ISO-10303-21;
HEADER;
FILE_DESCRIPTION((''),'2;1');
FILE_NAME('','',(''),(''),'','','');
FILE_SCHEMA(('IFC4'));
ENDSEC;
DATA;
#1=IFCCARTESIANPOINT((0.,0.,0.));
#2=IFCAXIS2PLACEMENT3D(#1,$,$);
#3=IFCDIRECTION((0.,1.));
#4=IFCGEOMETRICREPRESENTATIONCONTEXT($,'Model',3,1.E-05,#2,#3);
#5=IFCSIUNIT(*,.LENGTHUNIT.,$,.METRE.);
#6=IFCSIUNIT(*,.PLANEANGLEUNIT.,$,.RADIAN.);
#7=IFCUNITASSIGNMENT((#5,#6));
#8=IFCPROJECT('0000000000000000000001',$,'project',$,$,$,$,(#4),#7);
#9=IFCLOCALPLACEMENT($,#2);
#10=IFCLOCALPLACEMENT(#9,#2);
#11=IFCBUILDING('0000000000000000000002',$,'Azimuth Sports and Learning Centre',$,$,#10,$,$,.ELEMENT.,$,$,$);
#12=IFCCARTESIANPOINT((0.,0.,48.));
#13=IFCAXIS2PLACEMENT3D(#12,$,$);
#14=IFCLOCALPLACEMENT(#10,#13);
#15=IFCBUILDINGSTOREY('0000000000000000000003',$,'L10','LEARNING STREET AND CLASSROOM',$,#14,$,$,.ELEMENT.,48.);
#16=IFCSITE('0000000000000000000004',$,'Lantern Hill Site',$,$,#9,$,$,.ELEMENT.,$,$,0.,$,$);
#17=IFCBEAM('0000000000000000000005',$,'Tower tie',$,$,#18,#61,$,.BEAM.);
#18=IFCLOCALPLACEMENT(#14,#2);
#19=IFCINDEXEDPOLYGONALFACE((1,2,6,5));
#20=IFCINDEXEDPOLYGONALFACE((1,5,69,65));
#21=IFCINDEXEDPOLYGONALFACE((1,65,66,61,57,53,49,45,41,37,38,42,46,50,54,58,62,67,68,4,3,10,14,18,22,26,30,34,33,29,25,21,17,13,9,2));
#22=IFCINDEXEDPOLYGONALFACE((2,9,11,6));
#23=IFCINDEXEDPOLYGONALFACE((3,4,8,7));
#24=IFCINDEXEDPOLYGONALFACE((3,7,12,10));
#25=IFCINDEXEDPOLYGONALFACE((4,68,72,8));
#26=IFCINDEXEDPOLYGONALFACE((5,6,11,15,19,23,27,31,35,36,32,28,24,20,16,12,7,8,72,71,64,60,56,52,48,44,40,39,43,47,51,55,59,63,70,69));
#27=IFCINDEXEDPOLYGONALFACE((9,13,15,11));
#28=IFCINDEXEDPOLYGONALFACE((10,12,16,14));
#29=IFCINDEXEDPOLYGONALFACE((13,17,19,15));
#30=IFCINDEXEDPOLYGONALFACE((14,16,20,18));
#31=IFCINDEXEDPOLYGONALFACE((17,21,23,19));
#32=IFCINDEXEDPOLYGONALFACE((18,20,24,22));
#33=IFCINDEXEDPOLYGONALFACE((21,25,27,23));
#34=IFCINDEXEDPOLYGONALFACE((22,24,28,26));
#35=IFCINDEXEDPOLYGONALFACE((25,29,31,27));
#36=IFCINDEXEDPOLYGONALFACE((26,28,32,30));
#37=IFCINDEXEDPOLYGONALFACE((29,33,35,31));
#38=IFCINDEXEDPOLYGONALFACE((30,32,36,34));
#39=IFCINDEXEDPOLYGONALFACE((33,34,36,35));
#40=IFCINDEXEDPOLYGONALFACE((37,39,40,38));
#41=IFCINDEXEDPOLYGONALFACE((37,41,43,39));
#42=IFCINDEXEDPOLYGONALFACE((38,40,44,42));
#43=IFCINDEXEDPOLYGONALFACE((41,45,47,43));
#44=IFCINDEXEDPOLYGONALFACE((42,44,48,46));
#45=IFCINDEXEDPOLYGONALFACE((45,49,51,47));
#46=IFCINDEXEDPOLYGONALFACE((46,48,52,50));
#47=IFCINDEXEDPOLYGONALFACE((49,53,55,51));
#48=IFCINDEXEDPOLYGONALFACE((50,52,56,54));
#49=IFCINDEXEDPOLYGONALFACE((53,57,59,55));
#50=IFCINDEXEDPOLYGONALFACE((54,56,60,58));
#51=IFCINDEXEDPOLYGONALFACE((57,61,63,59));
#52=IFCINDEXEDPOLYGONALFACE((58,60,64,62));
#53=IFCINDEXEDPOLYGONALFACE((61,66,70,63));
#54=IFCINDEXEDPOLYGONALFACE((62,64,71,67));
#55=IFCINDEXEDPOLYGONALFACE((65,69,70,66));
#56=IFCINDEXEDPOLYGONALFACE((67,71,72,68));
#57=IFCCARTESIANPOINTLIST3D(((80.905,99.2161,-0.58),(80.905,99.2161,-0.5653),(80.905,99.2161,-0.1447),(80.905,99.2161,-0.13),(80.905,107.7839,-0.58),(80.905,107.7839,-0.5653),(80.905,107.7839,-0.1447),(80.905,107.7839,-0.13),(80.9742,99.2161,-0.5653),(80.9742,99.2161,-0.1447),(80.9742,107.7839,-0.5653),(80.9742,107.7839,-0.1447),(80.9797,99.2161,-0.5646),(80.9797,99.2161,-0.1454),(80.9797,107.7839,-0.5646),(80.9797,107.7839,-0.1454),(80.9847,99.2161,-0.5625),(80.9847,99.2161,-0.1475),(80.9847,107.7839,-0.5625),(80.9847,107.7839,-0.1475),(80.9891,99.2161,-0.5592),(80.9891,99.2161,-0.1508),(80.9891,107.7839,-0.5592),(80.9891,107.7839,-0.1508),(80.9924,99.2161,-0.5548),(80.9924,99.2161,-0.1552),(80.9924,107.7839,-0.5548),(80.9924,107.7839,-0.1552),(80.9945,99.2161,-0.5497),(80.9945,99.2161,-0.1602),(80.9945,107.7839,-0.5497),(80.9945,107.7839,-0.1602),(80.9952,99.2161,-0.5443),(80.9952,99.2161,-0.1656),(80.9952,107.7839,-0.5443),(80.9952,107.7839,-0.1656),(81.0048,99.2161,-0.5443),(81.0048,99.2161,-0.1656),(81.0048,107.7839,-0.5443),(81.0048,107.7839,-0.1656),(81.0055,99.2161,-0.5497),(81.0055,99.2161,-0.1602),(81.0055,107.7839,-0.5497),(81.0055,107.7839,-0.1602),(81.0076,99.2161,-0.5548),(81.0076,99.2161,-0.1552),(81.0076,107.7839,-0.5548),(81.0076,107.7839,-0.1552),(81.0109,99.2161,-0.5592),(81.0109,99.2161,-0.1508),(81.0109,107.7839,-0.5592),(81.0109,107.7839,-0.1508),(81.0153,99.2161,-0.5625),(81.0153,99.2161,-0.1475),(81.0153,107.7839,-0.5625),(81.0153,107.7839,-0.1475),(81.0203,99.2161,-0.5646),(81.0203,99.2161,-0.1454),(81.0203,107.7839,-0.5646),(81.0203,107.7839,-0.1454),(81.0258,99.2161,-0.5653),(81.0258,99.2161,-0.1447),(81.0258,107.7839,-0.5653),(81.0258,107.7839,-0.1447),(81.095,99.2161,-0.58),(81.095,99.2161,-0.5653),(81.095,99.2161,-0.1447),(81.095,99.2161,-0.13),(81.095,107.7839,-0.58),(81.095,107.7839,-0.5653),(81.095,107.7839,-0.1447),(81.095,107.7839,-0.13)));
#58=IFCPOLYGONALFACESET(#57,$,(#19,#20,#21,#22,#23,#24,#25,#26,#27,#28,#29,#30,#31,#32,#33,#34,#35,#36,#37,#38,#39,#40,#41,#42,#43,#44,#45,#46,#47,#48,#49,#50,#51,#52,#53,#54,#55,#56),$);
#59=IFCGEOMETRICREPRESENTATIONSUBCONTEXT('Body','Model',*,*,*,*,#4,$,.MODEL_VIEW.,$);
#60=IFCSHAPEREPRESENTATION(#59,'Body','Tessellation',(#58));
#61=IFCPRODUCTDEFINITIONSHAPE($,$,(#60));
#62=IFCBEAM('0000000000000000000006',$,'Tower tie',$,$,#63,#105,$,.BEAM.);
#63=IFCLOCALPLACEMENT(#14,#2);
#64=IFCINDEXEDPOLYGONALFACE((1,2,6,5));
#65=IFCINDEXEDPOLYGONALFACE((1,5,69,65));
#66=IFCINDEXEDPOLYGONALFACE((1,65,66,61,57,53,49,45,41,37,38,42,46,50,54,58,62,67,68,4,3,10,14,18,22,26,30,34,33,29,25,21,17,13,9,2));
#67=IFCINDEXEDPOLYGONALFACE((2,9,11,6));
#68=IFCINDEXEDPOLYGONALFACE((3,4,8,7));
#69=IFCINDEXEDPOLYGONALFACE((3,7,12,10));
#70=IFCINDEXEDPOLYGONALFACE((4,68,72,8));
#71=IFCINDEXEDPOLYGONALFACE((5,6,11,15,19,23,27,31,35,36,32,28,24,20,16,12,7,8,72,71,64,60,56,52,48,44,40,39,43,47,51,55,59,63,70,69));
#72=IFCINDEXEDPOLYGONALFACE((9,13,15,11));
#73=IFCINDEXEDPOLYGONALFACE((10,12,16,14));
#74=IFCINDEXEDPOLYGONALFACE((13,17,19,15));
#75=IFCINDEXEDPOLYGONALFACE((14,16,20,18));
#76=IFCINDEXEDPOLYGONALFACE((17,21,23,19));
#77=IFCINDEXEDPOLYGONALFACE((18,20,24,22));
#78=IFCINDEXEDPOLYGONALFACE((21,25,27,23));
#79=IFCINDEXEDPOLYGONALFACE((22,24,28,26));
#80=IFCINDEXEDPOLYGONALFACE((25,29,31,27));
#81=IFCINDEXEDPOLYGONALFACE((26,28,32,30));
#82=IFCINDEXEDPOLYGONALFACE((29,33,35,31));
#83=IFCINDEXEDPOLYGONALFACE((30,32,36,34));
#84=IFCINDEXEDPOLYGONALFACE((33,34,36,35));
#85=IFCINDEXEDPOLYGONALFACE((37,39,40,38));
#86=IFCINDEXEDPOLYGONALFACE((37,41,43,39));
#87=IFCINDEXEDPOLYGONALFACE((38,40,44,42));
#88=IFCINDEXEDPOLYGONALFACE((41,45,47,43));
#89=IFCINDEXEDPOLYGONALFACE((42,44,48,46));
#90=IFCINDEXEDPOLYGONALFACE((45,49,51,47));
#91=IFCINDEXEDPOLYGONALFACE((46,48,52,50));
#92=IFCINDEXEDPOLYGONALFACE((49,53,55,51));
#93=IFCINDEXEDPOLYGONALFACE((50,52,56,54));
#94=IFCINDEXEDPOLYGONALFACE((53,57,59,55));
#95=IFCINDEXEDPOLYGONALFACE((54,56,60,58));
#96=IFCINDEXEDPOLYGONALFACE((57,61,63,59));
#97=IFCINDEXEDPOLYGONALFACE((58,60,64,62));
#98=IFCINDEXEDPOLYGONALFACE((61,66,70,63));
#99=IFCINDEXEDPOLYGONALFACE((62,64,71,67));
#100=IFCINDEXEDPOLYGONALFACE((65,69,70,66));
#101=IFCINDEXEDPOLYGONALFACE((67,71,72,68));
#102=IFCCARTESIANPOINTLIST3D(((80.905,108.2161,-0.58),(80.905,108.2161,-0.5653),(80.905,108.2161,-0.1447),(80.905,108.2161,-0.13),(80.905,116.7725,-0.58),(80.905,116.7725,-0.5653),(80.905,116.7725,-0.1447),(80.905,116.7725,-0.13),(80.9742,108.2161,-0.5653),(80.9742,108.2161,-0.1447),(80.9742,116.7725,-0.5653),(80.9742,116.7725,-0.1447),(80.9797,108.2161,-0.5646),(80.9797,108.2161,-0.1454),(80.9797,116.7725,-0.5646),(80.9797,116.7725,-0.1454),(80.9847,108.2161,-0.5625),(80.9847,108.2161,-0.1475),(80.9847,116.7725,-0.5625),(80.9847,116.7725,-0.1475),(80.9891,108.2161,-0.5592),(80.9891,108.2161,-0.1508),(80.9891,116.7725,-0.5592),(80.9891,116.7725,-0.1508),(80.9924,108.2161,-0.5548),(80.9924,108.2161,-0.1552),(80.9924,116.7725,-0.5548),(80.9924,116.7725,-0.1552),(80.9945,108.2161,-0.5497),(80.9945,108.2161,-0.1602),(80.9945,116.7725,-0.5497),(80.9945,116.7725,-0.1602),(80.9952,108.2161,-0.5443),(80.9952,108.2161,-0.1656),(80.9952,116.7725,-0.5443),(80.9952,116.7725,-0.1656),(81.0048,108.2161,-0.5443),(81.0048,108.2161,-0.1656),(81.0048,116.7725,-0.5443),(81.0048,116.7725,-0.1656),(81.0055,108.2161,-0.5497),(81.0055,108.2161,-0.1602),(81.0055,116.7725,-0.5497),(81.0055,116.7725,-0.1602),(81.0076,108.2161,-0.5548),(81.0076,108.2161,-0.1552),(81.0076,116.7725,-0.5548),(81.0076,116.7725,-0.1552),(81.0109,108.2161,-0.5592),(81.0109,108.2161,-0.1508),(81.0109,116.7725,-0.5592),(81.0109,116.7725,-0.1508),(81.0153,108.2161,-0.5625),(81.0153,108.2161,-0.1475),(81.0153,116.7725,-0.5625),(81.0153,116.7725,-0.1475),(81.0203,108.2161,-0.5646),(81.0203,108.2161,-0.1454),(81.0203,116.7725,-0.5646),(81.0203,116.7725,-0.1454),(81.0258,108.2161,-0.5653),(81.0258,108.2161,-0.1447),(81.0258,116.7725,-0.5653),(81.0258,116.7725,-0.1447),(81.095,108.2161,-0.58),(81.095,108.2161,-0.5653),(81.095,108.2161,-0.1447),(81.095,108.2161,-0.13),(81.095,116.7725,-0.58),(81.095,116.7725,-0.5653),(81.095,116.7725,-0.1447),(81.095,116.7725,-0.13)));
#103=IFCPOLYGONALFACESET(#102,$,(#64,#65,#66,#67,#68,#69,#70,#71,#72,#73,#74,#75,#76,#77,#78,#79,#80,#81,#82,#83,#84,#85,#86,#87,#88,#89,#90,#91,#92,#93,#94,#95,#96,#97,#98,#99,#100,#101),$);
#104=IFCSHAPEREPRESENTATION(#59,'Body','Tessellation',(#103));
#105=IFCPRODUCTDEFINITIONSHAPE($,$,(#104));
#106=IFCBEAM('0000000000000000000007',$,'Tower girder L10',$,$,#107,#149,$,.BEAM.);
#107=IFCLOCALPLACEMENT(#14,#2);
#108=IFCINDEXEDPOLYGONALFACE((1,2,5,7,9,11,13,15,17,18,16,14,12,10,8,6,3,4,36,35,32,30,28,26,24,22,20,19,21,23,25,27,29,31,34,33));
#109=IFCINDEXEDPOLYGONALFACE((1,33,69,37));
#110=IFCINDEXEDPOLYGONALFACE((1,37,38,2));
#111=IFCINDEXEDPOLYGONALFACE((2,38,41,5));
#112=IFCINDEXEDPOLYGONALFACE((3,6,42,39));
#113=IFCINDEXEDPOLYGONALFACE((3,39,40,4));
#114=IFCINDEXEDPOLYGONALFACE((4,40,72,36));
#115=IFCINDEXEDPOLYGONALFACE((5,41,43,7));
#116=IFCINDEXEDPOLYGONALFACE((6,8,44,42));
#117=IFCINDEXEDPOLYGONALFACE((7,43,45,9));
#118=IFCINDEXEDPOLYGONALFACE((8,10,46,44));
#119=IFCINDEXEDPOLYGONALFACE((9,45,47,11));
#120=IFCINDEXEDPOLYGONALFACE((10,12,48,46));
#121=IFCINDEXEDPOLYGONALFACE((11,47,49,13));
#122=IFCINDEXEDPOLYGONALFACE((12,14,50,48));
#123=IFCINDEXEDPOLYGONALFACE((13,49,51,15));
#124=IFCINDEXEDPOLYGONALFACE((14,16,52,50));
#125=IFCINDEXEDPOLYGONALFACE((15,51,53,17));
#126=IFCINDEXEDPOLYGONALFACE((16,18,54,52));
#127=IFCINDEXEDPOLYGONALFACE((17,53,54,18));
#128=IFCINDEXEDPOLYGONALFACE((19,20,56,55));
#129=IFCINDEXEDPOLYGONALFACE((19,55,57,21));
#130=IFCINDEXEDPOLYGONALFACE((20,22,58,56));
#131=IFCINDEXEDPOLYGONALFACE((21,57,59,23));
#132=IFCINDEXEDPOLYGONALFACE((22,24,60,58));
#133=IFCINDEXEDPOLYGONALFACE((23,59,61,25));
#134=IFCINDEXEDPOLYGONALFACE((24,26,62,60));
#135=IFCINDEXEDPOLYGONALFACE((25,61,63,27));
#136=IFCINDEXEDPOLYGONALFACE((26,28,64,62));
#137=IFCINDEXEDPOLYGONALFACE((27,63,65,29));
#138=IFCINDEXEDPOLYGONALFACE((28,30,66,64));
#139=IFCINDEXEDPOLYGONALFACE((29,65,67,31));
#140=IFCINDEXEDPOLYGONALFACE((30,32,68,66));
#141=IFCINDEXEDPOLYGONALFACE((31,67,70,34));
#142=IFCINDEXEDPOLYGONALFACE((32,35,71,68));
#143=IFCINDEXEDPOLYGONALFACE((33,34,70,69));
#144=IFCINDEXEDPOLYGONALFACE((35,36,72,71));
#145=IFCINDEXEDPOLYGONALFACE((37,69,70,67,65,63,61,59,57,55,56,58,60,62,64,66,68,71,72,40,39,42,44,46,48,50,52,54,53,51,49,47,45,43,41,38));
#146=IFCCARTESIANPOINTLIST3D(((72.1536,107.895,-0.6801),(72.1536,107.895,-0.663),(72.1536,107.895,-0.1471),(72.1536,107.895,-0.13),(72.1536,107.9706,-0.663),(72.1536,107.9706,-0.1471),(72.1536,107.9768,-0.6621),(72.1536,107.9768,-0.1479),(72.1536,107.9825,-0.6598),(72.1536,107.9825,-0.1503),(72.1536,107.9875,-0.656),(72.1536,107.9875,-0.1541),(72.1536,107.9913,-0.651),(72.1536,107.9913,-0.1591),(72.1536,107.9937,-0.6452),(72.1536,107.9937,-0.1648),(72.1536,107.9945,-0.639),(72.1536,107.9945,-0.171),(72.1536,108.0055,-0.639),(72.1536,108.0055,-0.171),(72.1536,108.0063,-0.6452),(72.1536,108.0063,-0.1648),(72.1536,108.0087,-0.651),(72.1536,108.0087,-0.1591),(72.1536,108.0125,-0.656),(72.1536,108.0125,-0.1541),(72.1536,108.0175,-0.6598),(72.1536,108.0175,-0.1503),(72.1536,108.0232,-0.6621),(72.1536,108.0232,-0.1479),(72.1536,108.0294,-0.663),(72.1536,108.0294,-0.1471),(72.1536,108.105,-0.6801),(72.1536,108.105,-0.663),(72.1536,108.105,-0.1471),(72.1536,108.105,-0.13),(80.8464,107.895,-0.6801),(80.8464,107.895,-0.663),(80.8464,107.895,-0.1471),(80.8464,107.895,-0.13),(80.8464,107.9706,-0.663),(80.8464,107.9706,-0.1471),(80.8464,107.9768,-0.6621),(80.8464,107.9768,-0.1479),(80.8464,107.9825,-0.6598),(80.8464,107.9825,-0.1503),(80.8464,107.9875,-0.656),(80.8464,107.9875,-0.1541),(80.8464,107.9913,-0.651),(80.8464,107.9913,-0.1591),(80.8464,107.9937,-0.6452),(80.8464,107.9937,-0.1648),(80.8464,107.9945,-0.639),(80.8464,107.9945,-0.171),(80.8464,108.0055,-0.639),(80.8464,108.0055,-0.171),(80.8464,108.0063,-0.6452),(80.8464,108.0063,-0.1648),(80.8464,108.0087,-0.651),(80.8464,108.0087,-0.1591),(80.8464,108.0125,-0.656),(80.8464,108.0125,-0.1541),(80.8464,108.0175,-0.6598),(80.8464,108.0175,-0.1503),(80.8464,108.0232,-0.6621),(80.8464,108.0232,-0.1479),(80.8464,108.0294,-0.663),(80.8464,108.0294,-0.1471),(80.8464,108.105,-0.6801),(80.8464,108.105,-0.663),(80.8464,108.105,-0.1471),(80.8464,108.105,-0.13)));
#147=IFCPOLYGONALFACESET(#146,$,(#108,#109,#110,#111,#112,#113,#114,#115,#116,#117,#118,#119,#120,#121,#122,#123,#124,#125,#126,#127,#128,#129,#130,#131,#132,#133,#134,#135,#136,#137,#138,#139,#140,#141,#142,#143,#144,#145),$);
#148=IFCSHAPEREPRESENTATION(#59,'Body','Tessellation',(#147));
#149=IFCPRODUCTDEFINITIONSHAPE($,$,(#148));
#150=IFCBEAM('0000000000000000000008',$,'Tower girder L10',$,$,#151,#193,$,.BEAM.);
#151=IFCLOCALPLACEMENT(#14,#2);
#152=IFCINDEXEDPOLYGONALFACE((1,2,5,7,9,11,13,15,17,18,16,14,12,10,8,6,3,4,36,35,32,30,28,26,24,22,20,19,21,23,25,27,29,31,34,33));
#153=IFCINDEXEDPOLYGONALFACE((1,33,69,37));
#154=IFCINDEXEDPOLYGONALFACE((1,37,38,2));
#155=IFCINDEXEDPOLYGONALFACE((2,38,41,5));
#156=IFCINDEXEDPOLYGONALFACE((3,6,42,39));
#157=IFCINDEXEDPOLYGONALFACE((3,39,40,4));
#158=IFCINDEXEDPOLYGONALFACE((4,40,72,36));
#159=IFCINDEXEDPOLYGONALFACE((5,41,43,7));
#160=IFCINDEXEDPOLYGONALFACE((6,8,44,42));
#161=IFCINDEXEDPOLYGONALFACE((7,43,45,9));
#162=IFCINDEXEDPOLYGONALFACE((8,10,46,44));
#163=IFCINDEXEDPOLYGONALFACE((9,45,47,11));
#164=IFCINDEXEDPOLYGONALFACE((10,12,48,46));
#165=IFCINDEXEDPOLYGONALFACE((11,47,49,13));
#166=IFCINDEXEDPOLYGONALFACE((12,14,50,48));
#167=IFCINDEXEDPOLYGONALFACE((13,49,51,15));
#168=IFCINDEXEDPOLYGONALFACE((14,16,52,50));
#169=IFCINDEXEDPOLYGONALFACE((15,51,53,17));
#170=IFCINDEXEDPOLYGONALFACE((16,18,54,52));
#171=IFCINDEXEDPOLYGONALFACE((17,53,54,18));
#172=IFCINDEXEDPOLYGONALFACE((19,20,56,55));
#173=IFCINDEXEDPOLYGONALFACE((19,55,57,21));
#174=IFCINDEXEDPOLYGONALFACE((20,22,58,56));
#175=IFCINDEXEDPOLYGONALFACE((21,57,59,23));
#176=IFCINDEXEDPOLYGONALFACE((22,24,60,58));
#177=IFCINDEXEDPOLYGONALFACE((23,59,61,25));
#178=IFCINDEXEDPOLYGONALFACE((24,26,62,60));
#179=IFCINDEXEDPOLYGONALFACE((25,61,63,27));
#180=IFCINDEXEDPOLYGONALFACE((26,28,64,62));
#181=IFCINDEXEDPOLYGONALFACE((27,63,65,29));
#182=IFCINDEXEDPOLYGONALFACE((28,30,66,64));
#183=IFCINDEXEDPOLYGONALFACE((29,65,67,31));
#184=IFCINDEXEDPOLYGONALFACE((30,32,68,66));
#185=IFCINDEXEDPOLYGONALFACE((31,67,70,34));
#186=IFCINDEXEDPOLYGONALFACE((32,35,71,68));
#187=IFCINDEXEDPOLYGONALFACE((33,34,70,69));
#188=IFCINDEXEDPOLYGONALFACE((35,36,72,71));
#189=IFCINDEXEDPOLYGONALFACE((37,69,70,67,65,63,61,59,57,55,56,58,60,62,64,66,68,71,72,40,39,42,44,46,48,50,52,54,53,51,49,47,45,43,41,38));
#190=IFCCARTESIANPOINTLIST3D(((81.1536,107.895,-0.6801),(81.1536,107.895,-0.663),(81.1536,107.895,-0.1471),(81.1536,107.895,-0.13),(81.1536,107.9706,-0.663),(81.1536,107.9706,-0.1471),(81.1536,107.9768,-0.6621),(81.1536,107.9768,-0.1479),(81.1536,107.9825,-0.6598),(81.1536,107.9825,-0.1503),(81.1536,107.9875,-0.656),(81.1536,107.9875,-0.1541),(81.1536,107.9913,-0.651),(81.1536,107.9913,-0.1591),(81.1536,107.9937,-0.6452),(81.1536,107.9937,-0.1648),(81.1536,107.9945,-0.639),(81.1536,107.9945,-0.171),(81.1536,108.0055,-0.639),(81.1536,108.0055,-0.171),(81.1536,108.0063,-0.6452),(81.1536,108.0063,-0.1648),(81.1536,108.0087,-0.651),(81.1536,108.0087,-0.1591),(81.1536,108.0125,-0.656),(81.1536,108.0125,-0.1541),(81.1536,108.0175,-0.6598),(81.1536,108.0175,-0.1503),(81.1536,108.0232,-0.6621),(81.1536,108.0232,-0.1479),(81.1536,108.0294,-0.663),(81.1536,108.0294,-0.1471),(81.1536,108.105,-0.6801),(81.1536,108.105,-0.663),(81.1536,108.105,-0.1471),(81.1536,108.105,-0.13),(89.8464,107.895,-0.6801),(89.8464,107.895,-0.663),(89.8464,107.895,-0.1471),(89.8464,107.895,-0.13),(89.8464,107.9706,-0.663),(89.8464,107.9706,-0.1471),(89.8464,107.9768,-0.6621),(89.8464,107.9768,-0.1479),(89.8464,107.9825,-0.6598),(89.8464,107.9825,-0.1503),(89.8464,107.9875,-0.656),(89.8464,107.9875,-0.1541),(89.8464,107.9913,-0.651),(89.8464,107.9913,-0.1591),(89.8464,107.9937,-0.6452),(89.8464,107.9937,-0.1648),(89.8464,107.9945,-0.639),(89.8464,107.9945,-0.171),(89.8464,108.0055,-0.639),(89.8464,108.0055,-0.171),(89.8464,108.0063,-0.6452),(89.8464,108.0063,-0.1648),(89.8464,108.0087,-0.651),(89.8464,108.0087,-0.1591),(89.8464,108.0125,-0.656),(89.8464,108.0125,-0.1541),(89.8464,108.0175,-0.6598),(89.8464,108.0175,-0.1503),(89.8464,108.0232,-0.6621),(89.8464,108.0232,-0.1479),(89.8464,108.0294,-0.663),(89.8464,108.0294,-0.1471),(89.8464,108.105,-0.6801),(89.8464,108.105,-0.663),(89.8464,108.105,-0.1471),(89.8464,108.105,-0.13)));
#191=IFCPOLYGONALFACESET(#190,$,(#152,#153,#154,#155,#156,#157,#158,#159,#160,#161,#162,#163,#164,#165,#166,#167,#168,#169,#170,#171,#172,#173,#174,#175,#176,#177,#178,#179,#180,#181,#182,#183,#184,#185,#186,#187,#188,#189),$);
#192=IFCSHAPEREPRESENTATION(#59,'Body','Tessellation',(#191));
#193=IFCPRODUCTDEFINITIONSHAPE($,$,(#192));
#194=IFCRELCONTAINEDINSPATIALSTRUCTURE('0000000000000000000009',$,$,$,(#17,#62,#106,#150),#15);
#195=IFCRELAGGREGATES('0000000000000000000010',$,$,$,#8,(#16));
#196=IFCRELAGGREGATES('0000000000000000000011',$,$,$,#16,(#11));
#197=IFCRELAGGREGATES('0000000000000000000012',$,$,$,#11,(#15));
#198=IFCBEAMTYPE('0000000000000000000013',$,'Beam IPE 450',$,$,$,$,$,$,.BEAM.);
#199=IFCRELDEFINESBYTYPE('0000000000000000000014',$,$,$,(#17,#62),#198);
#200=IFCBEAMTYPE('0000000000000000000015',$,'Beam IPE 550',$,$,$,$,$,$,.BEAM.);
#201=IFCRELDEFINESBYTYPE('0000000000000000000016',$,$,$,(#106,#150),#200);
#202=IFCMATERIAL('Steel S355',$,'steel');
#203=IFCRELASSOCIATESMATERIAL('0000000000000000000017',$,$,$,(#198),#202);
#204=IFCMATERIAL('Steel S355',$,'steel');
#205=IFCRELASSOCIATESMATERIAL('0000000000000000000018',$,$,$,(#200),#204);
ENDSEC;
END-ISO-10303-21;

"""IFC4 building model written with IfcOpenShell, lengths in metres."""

from ifc_helpers import new_model, si_unit, direction, frame, origin, origin_2d, place, context, subcontext, project, spatial, i_section, extrude, material, material_profile, profile_set, type_object, element, save


model = new_model("IFC4")

# Units and contexts
model_context = context("Model", 3, precision=1e-05, world=origin(), true_north=direction((0.0, 1.0)))
body_context = subcontext(model_context, "Body", "Model", "MODEL_VIEW")
ifc_project = project(units=[si_unit("LENGTHUNIT", "METRE"), si_unit("PLANEANGLEUNIT", "RADIAN")], contexts=[model_context])

# Site, building, storey
site_placement = place(None, origin())
site = spatial("IfcSite", under=ifc_project, at=site_placement, Name="Lantern Hill Site", CompositionType="ELEMENT", RefElevation=0.0)
building_placement = place(site_placement, origin())
building = spatial("IfcBuilding", under=site, at=building_placement, Name="Azimuth Sports and Learning Centre", CompositionType="ELEMENT")
storey_placement = place(building_placement, frame((0.0, 0.0, 48.0)))
storey = spatial("IfcBuildingStorey", under=building, at=storey_placement, Name="L10", Description="LEARNING STREET AND CLASSROOM", CompositionType="ELEMENT", Elevation=48.0)

# Beams
ifc_material_1 = material(Name="Steel S355", Category="steel")
ifc_material_profile_1 = material_profile(ifc_material_1, i_section(OverallWidth=0.1899, OverallDepth=0.45, WebThickness=0.0095, FlangeThickness=0.0146, FilletRadius=0.021, at=origin_2d()), Name="IPE 450")
ifc_profile_set_1 = profile_set([ifc_material_profile_1], Name="Steel S355")
beam_type_1 = type_object("IfcBeamType", Name="Beam IPE 450", PredefinedType="BEAM", material=ifc_profile_set_1)
beam_1_placement = place(storey_placement, frame((81.0, 99.2161, -0.355), z_axis=(0.0, 1.0, 0.0), x_axis=(-1.0, 0.0, 0.0)))
element("IfcBeam", 1, at=beam_1_placement, inside=storey, type_object=beam_type_1, Name="Tower tie", PredefinedType="BEAM", context=body_context, shape_type="SweptSolid", body=[
    extrude(i_section(OverallWidth=0.1899, OverallDepth=0.45, WebThickness=0.0095, FlangeThickness=0.0146, FilletRadius=0.021, at=origin_2d()), origin(), (0.0, 0.0, 1.0), 8.5679),
])
beam_2_placement = place(storey_placement, frame((81.0, 108.2161, -0.355), z_axis=(0.0, 1.0, 0.0), x_axis=(-1.0, 0.0, 0.0)))
element("IfcBeam", 2, at=beam_2_placement, inside=storey, type_object=beam_type_1, Name="Tower tie", PredefinedType="BEAM", context=body_context, shape_type="SweptSolid", body=[
    extrude(i_section(OverallWidth=0.1899, OverallDepth=0.45, WebThickness=0.0095, FlangeThickness=0.0146, FilletRadius=0.021, at=origin_2d()), origin(), (0.0, 0.0, 1.0), 8.5564),
])
ifc_material_2 = material(Name="Steel S355", Category="steel")
ifc_material_profile_2 = material_profile(ifc_material_2, i_section(OverallWidth=0.21, OverallDepth=0.55, WebThickness=0.011, FlangeThickness=0.0171, FilletRadius=0.0239, at=origin_2d()), Name="IPE 550")
ifc_profile_set_2 = profile_set([ifc_material_profile_2], Name="Steel S355")
beam_type_2 = type_object("IfcBeamType", Name="Beam IPE 550", PredefinedType="BEAM", material=ifc_profile_set_2)
for number, where, z_axis, x_axis, name in (
    (3, (72.1536, 108.0, -0.405), (1.0, 0.0, 0.0), (0.0, 1.0, 0.0), "Tower girder L10"),
    (4, (81.1536, 108.0, -0.405), (1.0, 0.0, 0.0), (0.0, 1.0, 0.0), "Tower girder L10"),
):
    element("IfcBeam", number, at=place(storey_placement, frame(where, z_axis=z_axis, x_axis=x_axis)), inside=storey, type_object=beam_type_2, Name=name, PredefinedType="BEAM", context=body_context, shape_type="SweptSolid", body=[
        extrude(i_section(OverallWidth=0.21, OverallDepth=0.55, WebThickness=0.011, FlangeThickness=0.0171, FilletRadius=0.0239, at=origin_2d()), origin(), (0.0, 0.0, 1.0), 8.6929),
    ])

save(model, "model.ifc")
